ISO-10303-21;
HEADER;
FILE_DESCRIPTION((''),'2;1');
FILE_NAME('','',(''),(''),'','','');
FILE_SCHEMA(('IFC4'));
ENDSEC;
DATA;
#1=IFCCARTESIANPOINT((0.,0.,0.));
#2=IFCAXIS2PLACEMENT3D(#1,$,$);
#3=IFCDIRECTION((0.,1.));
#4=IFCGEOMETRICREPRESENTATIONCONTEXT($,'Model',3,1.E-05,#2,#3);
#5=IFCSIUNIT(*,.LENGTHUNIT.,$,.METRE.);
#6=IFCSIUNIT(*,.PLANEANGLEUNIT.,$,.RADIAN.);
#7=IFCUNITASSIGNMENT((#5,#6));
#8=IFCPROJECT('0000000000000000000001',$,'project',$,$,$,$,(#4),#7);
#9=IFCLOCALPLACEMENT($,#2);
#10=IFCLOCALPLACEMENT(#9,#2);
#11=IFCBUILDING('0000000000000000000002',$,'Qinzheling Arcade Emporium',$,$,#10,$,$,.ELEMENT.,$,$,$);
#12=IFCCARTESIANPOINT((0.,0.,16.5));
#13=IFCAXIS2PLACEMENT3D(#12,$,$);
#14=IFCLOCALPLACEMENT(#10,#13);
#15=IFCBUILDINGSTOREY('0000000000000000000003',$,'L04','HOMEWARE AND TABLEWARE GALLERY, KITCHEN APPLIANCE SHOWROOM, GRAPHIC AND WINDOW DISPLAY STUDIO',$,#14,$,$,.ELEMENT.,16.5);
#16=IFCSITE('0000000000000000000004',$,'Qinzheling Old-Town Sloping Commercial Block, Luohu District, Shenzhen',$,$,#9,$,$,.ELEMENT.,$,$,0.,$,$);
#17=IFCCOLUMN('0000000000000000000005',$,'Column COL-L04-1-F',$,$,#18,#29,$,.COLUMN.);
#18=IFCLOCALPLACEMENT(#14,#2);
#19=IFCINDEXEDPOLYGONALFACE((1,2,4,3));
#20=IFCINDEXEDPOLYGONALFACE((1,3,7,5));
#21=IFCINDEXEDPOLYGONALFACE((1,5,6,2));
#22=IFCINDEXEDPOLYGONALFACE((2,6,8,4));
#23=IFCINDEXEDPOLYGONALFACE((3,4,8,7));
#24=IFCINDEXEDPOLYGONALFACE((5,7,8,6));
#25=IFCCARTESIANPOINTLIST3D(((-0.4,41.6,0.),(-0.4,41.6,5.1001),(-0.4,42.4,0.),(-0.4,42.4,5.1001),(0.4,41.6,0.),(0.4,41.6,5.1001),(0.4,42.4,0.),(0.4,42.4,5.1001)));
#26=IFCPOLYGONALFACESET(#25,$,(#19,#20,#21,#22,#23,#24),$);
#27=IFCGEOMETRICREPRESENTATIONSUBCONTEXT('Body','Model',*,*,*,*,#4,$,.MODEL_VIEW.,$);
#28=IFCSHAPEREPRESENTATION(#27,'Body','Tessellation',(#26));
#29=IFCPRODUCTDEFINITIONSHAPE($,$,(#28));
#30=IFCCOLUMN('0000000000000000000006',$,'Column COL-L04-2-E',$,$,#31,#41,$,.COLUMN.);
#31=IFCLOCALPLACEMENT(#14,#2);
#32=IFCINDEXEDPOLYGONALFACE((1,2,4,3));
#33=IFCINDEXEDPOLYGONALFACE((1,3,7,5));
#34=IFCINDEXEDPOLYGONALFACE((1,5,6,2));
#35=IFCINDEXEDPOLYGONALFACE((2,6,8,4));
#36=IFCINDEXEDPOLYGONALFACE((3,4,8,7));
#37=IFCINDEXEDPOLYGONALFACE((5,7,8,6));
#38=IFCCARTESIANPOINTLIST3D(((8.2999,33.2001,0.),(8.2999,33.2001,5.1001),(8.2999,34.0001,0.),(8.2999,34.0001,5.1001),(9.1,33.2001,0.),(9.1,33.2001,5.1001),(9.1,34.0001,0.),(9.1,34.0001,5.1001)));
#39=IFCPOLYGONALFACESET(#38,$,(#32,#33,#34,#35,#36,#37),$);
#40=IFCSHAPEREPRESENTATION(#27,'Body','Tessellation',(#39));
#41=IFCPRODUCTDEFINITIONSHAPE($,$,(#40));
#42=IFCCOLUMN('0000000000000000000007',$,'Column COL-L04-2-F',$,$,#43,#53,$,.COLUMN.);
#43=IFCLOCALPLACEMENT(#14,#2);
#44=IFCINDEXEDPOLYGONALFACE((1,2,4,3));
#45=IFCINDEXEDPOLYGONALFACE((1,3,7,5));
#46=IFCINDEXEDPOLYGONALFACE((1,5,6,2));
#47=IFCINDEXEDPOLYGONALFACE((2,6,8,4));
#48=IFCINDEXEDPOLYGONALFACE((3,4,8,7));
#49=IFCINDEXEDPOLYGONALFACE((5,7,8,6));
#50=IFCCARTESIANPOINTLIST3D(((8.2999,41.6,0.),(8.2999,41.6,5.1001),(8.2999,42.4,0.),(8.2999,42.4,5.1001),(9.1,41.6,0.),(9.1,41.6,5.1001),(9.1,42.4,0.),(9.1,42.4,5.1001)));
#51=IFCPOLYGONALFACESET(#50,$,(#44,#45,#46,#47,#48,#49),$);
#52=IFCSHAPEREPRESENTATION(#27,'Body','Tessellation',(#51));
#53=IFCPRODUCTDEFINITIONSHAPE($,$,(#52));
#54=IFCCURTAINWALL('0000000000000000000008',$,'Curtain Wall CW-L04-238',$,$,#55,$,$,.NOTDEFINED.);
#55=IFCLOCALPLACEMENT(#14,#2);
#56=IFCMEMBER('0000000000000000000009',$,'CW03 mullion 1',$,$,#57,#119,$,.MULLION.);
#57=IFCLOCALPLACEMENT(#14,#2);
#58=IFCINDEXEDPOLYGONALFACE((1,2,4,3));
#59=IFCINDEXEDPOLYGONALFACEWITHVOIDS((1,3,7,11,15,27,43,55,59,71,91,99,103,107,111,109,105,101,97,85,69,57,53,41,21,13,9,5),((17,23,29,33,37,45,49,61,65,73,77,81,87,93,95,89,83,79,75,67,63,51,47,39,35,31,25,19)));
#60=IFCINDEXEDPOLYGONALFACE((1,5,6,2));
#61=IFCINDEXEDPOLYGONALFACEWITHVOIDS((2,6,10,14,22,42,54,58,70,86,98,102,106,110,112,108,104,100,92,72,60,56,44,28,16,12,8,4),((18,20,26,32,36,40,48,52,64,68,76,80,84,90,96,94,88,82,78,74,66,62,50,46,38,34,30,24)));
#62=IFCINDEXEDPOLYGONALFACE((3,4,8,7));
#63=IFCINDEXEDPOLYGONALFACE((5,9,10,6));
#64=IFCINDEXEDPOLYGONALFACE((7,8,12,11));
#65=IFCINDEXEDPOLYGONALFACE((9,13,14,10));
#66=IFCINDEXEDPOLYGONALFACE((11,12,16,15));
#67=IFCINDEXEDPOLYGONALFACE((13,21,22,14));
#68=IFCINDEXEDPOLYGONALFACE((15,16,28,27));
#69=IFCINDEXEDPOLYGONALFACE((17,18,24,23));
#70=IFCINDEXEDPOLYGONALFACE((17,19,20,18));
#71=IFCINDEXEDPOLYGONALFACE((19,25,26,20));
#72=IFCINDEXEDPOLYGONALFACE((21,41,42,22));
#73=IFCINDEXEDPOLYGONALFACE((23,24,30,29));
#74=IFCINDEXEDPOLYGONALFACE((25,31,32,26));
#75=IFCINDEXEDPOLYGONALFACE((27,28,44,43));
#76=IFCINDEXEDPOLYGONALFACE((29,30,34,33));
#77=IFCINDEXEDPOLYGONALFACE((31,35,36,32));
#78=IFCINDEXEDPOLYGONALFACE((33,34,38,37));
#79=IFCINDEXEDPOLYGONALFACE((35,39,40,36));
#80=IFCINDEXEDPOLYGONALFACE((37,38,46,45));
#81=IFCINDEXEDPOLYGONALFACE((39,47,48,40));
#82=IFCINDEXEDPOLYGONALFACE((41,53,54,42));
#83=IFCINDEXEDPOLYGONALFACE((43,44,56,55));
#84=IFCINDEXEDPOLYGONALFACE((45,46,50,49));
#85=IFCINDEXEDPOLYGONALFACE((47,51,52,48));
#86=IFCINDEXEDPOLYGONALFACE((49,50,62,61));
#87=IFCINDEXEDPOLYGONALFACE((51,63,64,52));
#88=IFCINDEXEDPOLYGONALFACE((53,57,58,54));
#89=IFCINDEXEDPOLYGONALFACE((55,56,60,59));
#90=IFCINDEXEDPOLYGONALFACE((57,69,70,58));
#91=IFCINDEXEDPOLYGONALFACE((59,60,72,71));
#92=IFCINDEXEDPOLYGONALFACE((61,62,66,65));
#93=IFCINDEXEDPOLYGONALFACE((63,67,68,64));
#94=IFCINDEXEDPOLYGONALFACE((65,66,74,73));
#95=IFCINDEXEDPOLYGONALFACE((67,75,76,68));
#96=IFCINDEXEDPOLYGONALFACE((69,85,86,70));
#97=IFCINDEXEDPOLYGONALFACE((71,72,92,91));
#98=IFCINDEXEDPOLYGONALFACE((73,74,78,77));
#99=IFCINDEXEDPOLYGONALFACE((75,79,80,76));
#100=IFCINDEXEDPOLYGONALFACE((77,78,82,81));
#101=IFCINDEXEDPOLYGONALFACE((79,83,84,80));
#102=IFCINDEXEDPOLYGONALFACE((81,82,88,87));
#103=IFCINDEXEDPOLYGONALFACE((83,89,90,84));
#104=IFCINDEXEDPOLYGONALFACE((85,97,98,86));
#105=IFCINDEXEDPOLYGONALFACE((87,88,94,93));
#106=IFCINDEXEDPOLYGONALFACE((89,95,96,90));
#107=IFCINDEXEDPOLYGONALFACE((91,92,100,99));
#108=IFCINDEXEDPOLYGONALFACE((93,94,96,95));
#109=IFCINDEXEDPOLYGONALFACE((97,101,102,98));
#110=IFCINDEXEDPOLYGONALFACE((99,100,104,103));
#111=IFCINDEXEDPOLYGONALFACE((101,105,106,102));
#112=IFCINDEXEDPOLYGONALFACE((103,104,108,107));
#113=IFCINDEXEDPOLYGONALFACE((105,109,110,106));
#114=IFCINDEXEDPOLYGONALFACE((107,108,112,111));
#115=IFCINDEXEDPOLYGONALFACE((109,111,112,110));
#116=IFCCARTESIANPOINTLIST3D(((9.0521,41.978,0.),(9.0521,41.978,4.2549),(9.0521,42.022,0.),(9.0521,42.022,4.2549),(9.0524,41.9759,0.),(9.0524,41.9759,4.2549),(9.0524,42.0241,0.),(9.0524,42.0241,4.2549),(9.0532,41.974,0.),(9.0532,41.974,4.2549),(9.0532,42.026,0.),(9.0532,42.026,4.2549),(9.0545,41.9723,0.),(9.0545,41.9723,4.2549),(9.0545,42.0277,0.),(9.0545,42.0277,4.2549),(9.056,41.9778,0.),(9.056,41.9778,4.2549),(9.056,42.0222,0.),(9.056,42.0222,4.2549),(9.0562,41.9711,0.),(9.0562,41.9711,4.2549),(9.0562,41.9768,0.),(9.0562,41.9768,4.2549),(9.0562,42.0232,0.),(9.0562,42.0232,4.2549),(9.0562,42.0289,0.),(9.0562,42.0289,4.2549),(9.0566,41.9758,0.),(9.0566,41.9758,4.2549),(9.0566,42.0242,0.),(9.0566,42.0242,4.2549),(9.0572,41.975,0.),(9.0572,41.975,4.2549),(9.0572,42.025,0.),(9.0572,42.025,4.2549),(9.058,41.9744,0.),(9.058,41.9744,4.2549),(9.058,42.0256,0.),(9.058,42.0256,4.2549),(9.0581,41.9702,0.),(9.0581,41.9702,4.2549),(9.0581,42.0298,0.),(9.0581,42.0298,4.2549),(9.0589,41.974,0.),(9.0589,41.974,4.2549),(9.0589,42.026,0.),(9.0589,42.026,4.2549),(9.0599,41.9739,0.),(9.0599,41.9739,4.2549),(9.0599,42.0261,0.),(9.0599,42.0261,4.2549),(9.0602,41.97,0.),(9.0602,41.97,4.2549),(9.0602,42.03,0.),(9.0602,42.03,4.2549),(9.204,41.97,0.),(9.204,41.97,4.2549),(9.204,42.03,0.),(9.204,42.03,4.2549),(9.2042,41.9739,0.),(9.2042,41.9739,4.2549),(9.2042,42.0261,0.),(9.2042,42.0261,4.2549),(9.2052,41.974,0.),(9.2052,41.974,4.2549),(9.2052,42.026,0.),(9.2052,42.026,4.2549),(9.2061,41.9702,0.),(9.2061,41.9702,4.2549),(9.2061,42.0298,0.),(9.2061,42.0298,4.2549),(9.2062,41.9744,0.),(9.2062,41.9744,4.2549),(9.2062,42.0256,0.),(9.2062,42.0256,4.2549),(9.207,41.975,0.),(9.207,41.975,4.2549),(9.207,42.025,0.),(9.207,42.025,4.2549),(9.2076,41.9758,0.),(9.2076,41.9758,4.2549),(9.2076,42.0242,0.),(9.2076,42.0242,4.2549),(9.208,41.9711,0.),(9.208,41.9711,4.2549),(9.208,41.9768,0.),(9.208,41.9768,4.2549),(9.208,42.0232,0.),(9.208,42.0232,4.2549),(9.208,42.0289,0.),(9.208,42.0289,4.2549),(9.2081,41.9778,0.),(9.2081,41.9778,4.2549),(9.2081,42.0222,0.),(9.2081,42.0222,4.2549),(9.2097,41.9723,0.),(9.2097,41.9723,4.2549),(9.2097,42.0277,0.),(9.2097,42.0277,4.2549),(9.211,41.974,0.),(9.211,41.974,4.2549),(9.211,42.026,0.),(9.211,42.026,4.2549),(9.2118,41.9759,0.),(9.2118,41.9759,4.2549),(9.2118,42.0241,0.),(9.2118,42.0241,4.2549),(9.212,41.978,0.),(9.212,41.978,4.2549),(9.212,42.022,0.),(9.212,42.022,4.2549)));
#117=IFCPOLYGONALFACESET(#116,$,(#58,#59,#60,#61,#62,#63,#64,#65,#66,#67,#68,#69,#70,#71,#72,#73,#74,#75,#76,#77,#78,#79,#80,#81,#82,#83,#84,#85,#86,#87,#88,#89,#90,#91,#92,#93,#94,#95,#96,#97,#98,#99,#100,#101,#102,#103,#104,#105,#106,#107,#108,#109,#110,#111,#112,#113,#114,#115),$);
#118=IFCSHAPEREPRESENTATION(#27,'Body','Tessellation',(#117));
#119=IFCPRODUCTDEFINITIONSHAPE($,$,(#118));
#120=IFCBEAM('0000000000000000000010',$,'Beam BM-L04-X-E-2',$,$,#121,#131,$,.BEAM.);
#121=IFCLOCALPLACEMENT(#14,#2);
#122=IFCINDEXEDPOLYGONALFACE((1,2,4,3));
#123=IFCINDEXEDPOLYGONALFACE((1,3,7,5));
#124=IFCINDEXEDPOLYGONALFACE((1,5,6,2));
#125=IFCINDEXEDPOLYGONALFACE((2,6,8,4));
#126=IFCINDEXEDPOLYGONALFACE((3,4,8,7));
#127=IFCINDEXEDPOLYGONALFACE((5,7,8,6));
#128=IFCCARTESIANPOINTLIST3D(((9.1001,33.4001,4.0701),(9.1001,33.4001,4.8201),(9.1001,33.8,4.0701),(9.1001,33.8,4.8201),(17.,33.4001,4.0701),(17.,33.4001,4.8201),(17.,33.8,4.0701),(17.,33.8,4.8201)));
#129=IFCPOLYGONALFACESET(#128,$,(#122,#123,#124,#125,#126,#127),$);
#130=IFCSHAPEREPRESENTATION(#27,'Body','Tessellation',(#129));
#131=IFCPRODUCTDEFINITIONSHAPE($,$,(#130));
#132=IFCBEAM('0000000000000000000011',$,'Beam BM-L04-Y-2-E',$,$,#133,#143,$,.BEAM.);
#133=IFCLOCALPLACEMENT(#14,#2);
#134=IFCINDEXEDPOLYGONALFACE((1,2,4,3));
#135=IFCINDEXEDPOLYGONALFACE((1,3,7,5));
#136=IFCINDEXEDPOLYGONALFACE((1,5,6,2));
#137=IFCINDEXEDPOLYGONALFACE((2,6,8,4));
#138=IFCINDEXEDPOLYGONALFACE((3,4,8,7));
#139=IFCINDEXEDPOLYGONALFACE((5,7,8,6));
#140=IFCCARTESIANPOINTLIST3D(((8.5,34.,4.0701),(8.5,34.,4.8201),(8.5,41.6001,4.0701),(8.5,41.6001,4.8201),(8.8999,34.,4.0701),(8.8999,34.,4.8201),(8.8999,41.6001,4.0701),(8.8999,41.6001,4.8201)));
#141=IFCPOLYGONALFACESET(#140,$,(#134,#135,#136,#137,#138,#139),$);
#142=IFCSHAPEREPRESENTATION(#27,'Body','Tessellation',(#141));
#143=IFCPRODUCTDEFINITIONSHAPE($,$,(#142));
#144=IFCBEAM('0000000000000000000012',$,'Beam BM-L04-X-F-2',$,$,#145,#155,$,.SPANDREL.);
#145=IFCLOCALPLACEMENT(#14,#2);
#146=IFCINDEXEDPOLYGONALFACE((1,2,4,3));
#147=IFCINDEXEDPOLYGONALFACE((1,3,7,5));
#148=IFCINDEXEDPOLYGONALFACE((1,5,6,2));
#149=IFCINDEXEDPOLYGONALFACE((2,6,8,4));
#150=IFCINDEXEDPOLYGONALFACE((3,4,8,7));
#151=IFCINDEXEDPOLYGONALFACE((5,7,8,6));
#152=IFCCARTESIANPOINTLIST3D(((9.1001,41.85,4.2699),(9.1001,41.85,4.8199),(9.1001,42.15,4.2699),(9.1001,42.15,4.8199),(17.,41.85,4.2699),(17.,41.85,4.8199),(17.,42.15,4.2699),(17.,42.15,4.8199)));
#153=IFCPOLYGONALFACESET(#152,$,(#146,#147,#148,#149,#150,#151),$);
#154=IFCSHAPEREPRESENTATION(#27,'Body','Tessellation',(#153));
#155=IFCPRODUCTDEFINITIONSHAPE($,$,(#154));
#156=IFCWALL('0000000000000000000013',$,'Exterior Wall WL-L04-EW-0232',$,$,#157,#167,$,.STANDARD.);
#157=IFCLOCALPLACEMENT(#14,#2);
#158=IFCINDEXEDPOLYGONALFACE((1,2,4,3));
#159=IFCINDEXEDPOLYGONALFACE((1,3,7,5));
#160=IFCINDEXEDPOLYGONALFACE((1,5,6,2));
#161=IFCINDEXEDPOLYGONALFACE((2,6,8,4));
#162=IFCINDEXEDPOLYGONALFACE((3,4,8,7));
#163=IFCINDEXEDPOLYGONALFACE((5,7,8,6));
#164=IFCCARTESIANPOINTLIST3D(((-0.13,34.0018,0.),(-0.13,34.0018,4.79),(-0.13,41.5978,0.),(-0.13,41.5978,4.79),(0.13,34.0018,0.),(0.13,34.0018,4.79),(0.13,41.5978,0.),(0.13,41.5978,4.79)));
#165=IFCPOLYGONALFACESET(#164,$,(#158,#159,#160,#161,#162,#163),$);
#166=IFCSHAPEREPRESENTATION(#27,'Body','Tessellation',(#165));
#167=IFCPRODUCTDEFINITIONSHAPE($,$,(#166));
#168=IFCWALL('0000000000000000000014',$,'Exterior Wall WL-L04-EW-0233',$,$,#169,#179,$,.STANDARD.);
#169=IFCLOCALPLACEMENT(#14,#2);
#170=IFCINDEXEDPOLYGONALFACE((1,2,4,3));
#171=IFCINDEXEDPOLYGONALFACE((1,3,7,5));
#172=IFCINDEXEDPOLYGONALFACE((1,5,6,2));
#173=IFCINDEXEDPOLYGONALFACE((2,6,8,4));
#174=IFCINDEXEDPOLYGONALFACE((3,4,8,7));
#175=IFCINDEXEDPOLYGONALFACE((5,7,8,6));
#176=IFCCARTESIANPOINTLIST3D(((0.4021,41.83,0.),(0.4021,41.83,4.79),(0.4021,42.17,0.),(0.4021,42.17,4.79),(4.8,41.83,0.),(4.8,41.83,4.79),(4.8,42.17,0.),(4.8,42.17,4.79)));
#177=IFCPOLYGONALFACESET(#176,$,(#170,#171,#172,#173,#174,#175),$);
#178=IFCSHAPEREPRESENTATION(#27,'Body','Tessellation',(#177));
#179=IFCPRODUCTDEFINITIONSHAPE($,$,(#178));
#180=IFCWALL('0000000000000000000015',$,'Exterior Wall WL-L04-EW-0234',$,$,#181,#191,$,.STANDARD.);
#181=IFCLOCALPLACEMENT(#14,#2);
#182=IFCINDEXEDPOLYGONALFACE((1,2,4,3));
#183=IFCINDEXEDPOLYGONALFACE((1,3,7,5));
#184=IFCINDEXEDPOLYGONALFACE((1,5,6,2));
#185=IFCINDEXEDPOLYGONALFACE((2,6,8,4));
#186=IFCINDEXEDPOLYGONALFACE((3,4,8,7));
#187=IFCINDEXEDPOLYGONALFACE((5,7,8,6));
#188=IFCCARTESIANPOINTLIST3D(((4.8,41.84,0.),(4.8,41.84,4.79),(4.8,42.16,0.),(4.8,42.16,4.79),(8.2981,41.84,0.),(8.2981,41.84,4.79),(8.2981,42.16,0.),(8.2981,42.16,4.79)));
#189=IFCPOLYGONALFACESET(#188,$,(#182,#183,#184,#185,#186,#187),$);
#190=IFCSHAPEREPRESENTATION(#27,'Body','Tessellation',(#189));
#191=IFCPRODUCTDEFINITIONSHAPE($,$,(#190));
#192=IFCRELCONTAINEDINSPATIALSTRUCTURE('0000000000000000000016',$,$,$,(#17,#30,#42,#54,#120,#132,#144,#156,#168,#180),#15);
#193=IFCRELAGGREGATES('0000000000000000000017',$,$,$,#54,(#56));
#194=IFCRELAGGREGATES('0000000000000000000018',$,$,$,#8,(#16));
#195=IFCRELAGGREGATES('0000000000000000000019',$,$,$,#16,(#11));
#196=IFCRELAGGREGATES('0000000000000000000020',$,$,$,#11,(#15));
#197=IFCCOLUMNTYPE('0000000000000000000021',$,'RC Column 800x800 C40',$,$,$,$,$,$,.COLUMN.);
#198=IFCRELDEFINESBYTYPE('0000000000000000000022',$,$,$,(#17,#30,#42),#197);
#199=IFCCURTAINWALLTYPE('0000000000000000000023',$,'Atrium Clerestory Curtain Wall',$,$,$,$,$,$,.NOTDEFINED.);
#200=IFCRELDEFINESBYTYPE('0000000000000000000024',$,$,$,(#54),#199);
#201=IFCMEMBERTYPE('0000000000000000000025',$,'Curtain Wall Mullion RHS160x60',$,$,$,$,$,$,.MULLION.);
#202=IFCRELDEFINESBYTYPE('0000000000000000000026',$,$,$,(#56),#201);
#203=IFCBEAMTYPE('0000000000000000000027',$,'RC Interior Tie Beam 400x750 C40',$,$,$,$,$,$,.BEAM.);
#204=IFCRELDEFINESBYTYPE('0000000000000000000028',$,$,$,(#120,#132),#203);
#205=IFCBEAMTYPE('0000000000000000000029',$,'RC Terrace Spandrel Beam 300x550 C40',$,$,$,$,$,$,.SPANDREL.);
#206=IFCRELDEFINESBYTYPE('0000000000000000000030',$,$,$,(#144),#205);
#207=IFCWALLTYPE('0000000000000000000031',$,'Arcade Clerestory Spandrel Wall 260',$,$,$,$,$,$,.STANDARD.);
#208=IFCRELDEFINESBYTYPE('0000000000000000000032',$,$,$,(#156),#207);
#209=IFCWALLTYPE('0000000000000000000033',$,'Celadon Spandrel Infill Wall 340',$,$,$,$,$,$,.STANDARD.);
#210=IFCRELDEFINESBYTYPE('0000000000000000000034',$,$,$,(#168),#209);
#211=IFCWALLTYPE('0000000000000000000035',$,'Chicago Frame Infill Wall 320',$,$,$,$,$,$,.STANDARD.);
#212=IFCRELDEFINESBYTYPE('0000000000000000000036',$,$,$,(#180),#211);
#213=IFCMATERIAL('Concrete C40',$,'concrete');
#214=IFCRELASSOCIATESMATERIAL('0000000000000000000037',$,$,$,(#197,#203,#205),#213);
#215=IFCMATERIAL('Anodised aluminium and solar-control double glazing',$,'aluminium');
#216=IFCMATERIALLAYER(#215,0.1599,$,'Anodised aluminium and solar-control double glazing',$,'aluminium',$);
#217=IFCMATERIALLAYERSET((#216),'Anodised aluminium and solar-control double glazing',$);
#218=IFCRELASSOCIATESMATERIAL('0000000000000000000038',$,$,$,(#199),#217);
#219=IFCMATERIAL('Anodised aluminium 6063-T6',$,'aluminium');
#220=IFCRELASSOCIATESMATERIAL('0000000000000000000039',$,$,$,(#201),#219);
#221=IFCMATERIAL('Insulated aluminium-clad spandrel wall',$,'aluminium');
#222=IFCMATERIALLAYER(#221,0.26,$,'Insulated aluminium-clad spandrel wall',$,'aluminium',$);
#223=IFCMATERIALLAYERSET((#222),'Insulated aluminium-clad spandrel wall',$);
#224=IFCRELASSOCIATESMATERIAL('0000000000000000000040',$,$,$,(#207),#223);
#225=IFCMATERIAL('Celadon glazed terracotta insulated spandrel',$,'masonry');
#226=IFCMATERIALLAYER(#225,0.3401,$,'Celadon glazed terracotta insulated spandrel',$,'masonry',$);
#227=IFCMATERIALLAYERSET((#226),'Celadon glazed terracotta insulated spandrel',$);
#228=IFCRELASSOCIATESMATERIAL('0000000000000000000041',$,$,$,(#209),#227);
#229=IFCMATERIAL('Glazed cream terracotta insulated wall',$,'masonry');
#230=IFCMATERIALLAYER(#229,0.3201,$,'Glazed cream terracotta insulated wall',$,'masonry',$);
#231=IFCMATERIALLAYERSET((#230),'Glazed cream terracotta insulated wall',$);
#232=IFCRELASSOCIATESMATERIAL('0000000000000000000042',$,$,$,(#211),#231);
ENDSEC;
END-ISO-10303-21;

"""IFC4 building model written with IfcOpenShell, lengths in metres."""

from ifc_helpers import new_model, si_unit, direction, frame, frame_2d, origin, origin_2d, place, context, subcontext, project, spatial, rectangle, hollow_rectangle, extrude, material, layer, layer_set, material_profile, profile_set, type_object, element, aggregate, save


model = new_model("IFC4")

# Units and contexts
model_context = context("Model", 3, precision=1e-05, world=origin(), true_north=direction((0.0, 1.0)))
body_context = subcontext(model_context, "Body", "Model", "MODEL_VIEW")
ifc_project = project(units=[si_unit("LENGTHUNIT", "METRE"), si_unit("PLANEANGLEUNIT", "RADIAN")], contexts=[model_context])

# Site, building, storey
site_placement = place(None, origin())
site = spatial("IfcSite", under=ifc_project, at=site_placement, Name="Qinzheling Old-Town Sloping Commercial Block, Luohu District, Shenzhen", CompositionType="ELEMENT", RefElevation=0.0)
building_placement = place(site_placement, origin())
building = spatial("IfcBuilding", under=site, at=building_placement, Name="Qinzheling Arcade Emporium", CompositionType="ELEMENT")
storey_placement = place(building_placement, frame((0.0, 0.0, 16.5)))
storey = spatial("IfcBuildingStorey", under=building, at=storey_placement, Name="L04", Description="HOMEWARE AND TABLEWARE GALLERY, KITCHEN APPLIANCE SHOWROOM, GRAPHIC AND WINDOW DISPLAY STUDIO", CompositionType="ELEMENT", Elevation=16.5)

# Columns
ifc_material_1 = material(Name="Concrete C40", Category="concrete")
ifc_material_profile_1 = material_profile(ifc_material_1, rectangle(XDim=0.8, YDim=0.8, at=origin_2d()), Name="RC 800x800", Category="concrete")
ifc_profile_set_1 = profile_set([ifc_material_profile_1], Name="Concrete C40")
column_type = type_object("IfcColumnType", Name="RC Column 800x800 C40", PredefinedType="COLUMN", material=ifc_profile_set_1)
for number, where, z_axis, x_axis, name in (
    (1, (0.0, 42.0, 0.0), (0.0, 0.0, 1.0), (1.0, 0.0, 0.0), "Column COL-L04-1-F"),
    (2, (8.7, 33.6001, 0.0), (0.0, 0.0, 1.0), (1.0, 0.0, 0.0), "Column COL-L04-2-E"),
    (3, (8.7, 42.0, 0.0), (0.0, 0.0, 1.0), (1.0, 0.0, 0.0), "Column COL-L04-2-F"),
):
    element("IfcColumn", number, at=place(storey_placement, frame(where, z_axis=z_axis, x_axis=x_axis)), inside=storey, type_object=column_type, Name=name, PredefinedType="COLUMN", context=body_context, shape_type="SweptSolid", body=[
        extrude(rectangle(XDim=0.8, YDim=0.8, at=origin_2d()), origin(), (0.0, 0.0, 1.0), 5.1001),
    ])

# Curtain wall, member
ifc_material_2 = material(Name="Anodised aluminium and solar-control double glazing", Category="aluminium")
ifc_layer_1 = layer(ifc_material_2, 0.1599, Name="Anodised aluminium and solar-control double glazing", Category="aluminium")
ifc_layer_set_1 = layer_set([ifc_layer_1], Name="Anodised aluminium and solar-control double glazing")
curtain_wall_type = type_object("IfcCurtainWallType", Name="Atrium Clerestory Curtain Wall", PredefinedType="NOTDEFINED", material=ifc_layer_set_1)
curtain_wall_placement = place(storey_placement, origin())
curtain_wall = element("IfcCurtainWall", 4, at=curtain_wall_placement, inside=storey, type_object=curtain_wall_type, Name="Curtain Wall CW-L04-238", PredefinedType="NOTDEFINED")
ifc_material_3 = material(Name="Anodised aluminium 6063-T6", Category="aluminium")
ifc_material_profile_2 = material_profile(ifc_material_3, hollow_rectangle(XDim=0.0601, YDim=0.1599, WallThickness=0.0039, InnerFilletRadius=0.0039, OuterFilletRadius=0.0081, at=origin_2d()), Name="RHS 160x60x4", Category="aluminium")
ifc_profile_set_2 = profile_set([ifc_material_profile_2], Name="Anodised aluminium 6063-T6")
member_type = type_object("IfcMemberType", Name="Curtain Wall Mullion RHS160x60", PredefinedType="MULLION", material=ifc_profile_set_2)
member_placement = place(storey_placement, frame((9.1321, 42.0, 0.0), z_axis=(0.0, 0.0, 1.0), x_axis=(0.0, 1.0, 0.0)))
member = element("IfcMember", 5, at=member_placement, type_object=member_type, Name="CW03 mullion 1", PredefinedType="MULLION", context=body_context, shape_type="SweptSolid", body=[
    extrude(hollow_rectangle(XDim=0.0601, YDim=0.1599, WallThickness=0.0039, InnerFilletRadius=0.0039, OuterFilletRadius=0.0081, at=origin_2d()), origin(), (0.0, 0.0, 1.0), 4.2549),
])
aggregate(curtain_wall, [member])

# Beams
ifc_material_profile_3 = material_profile(ifc_material_1, rectangle(XDim=0.3999, YDim=0.75, at=origin_2d()), Name="RC 400x750", Category="concrete")
ifc_profile_set_3 = profile_set([ifc_material_profile_3], Name="Concrete C40")
beam_type_1 = type_object("IfcBeamType", Name="RC Interior Tie Beam 400x750 C40", PredefinedType="BEAM", material=ifc_profile_set_3)
beam_1_placement = place(storey_placement, frame((9.1001, 33.6001, 4.4451), z_axis=(1.0, 0.0, 0.0), x_axis=(0.0, 1.0, 0.0)))
element("IfcBeam", 6, at=beam_1_placement, inside=storey, type_object=beam_type_1, Name="Beam BM-L04-X-E-2", PredefinedType="BEAM", context=body_context, shape_type="SweptSolid", body=[
    extrude(rectangle(XDim=0.3999, YDim=0.75, at=origin_2d()), origin(), (0.0, 0.0, 1.0), 7.8999),
])
beam_2_placement = place(storey_placement, frame((8.7, 34.0, 4.4451), z_axis=(0.0, 1.0, 0.0), x_axis=(-1.0, 0.0, 0.0)))
element("IfcBeam", 7, at=beam_2_placement, inside=storey, type_object=beam_type_1, Name="Beam BM-L04-Y-2-E", PredefinedType="BEAM", context=body_context, shape_type="SweptSolid", body=[
    extrude(rectangle(XDim=0.3999, YDim=0.75, at=origin_2d()), origin(), (0.0, 0.0, 1.0), 7.6001),
])
ifc_material_profile_4 = material_profile(ifc_material_1, rectangle(XDim=0.3, YDim=0.55, at=origin_2d()), Name="RC 300x550", Category="concrete")
ifc_profile_set_4 = profile_set([ifc_material_profile_4], Name="Concrete C40")
beam_type_2 = type_object("IfcBeamType", Name="RC Terrace Spandrel Beam 300x550 C40", PredefinedType="SPANDREL", material=ifc_profile_set_4)
beam_3_placement = place(storey_placement, frame((9.1001, 42.0, 4.5449), z_axis=(1.0, 0.0, 0.0), x_axis=(0.0, 1.0, 0.0)))
element("IfcBeam", 8, at=beam_3_placement, inside=storey, type_object=beam_type_2, Name="Beam BM-L04-X-F-2", PredefinedType="SPANDREL", context=body_context, shape_type="SweptSolid", body=[
    extrude(rectangle(XDim=0.3, YDim=0.55, at=origin_2d()), origin(), (0.0, 0.0, 1.0), 7.8999),
])

# Walls
ifc_material_4 = material(Name="Insulated aluminium-clad spandrel wall", Category="aluminium")
ifc_layer_2 = layer(ifc_material_4, 0.26, Name="Insulated aluminium-clad spandrel wall", Category="aluminium")
ifc_layer_set_2 = layer_set([ifc_layer_2], Name="Insulated aluminium-clad spandrel wall")
wall_type_1 = type_object("IfcWallType", Name="Arcade Clerestory Spandrel Wall 260", PredefinedType="STANDARD", material=ifc_layer_set_2)
wall_1_placement = place(storey_placement, frame((0.0, 34.002, 0.0), z_axis=(0.0, 0.0, 1.0), x_axis=(0.0, 1.0, 0.0)))
element("IfcWall", 9, at=wall_1_placement, inside=storey, type_object=wall_type_1, Name="Exterior Wall WL-L04-EW-0232", PredefinedType="STANDARD", context=body_context, shape_type="SweptSolid", body=[
    extrude(rectangle(XDim=7.5959, YDim=0.26, at=frame_2d((3.7979, 0.0))), origin(), (0.0, 0.0, 1.0), 4.79),
])
ifc_material_5 = material(Name="Celadon glazed terracotta insulated spandrel", Category="masonry")
ifc_layer_3 = layer(ifc_material_5, 0.3401, Name="Celadon glazed terracotta insulated spandrel", Category="masonry")
ifc_layer_set_3 = layer_set([ifc_layer_3], Name="Celadon glazed terracotta insulated spandrel")
wall_type_2 = type_object("IfcWallType", Name="Celadon Spandrel Infill Wall 340", PredefinedType="STANDARD", material=ifc_layer_set_3)
wall_2_placement = place(storey_placement, frame((0.4021, 42.0, 0.0), z_axis=(0.0, 0.0, 1.0), x_axis=(1.0, 0.0, 0.0)))
element("IfcWall", 10, at=wall_2_placement, inside=storey, type_object=wall_type_2, Name="Exterior Wall WL-L04-EW-0233", PredefinedType="STANDARD", context=body_context, shape_type="SweptSolid", body=[
    extrude(rectangle(XDim=4.3979, YDim=0.3401, at=frame_2d((2.199, 0.0))), origin(), (0.0, 0.0, 1.0), 4.79),
])
ifc_material_6 = material(Name="Glazed cream terracotta insulated wall", Category="masonry")
ifc_layer_4 = layer(ifc_material_6, 0.3201, Name="Glazed cream terracotta insulated wall", Category="masonry")
ifc_layer_set_4 = layer_set([ifc_layer_4], Name="Glazed cream terracotta insulated wall")
wall_type_3 = type_object("IfcWallType", Name="Chicago Frame Infill Wall 320", PredefinedType="STANDARD", material=ifc_layer_set_4)
wall_3_placement = place(storey_placement, frame((4.8, 42.0, 0.0), z_axis=(0.0, 0.0, 1.0), x_axis=(1.0, 0.0, 0.0)))
element("IfcWall", 11, at=wall_3_placement, inside=storey, type_object=wall_type_3, Name="Exterior Wall WL-L04-EW-0234", PredefinedType="STANDARD", context=body_context, shape_type="SweptSolid", body=[
    extrude(rectangle(XDim=3.498, YDim=0.3201, at=frame_2d((1.749, 0.0))), origin(), (0.0, 0.0, 1.0), 4.79),
])

save(model, "model.ifc")
